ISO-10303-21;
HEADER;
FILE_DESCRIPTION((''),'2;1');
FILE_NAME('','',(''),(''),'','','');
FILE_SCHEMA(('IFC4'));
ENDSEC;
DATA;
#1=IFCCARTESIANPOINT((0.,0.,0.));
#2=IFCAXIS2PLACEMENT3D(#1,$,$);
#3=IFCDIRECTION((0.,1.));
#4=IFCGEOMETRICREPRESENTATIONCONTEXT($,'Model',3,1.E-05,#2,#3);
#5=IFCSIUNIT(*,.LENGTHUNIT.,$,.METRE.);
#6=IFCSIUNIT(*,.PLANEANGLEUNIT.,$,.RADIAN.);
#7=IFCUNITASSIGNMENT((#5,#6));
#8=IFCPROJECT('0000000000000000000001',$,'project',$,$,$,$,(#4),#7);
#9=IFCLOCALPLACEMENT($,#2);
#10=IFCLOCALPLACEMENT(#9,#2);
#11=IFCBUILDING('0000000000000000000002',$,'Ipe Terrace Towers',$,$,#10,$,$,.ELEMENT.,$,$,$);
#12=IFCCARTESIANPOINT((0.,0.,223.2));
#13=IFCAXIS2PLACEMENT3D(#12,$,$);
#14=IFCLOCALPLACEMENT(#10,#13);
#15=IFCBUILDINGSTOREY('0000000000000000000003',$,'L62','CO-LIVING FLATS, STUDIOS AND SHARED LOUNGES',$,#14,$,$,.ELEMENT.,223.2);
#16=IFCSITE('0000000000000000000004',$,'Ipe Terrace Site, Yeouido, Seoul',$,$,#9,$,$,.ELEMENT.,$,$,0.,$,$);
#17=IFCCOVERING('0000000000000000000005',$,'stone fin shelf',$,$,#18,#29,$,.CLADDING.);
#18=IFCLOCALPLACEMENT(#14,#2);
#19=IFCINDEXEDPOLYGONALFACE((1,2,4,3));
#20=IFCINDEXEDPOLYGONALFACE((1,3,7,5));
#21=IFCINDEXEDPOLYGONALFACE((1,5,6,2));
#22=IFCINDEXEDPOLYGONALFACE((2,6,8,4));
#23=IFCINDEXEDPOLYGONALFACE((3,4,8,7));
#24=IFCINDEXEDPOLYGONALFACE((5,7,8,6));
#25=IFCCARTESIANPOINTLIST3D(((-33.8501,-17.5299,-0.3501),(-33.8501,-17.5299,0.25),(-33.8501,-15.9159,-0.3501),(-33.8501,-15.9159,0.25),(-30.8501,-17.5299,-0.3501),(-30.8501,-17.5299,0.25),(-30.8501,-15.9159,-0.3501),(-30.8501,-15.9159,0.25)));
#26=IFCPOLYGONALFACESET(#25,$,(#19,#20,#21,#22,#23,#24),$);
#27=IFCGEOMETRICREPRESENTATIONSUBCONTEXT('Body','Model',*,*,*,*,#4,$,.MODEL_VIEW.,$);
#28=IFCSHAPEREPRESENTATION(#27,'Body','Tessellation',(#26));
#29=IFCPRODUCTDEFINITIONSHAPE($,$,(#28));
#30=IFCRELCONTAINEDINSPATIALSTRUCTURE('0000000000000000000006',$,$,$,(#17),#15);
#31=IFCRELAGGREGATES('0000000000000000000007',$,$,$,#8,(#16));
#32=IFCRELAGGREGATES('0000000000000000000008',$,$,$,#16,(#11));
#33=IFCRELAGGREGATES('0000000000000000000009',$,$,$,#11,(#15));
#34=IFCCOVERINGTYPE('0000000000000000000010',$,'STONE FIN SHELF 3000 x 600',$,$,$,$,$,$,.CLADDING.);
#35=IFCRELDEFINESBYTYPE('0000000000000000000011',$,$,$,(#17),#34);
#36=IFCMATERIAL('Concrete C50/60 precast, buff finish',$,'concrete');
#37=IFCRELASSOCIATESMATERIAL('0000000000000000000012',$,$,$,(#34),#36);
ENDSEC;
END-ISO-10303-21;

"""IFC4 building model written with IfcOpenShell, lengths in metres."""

from ifc_helpers import new_model, si_unit, direction, frame, origin, origin_2d, place, context, subcontext, project, spatial, rectangle, extrude, material, type_object, element, save


model = new_model("IFC4")

# Units and contexts
model_context = context("Model", 3, precision=1e-05, world=origin(), true_north=direction((0.0, 1.0)))
body_context = subcontext(model_context, "Body", "Model", "MODEL_VIEW")
ifc_project = project(units=[si_unit("LENGTHUNIT", "METRE"), si_unit("PLANEANGLEUNIT", "RADIAN")], contexts=[model_context])

# Site, building, storey
site_placement = place(None, origin())
site = spatial("IfcSite", under=ifc_project, at=site_placement, Name="Ipe Terrace Site, Yeouido, Seoul", CompositionType="ELEMENT", RefElevation=0.0)
building_placement = place(site_placement, origin())
building = spatial("IfcBuilding", under=site, at=building_placement, Name="Ipe Terrace Towers", CompositionType="ELEMENT")
storey_placement = place(building_placement, frame((0.0, 0.0, 223.2)))
storey = spatial("IfcBuildingStorey", under=building, at=storey_placement, Name="L62", Description="CO-LIVING FLATS, STUDIOS AND SHARED LOUNGES", CompositionType="ELEMENT", Elevation=223.2)

# Covering
ifc_material_1 = material(Name="Concrete C50/60 precast, buff finish", Category="concrete")
covering_type_1 = type_object("IfcCoveringType", Name="STONE FIN SHELF 3000 x 600", PredefinedType="CLADDING", material=ifc_material_1)
covering_1_placement = place(storey_placement, frame((-32.3501, -16.7229, -0.3501), z_axis=(0.0, 0.0, 1.0), x_axis=(1.0, 0.0, 0.0)))
element("IfcCovering", 1, at=covering_1_placement, inside=storey, type_object=covering_type_1, Name="stone fin shelf", PredefinedType="CLADDING", context=body_context, shape_type="SweptSolid", body=[
    extrude(rectangle(XDim=3.0, YDim=1.614, at=origin_2d()), origin(), (0.0, 0.0, 1.0), 0.6001),
])

save(model, "model.ifc")
